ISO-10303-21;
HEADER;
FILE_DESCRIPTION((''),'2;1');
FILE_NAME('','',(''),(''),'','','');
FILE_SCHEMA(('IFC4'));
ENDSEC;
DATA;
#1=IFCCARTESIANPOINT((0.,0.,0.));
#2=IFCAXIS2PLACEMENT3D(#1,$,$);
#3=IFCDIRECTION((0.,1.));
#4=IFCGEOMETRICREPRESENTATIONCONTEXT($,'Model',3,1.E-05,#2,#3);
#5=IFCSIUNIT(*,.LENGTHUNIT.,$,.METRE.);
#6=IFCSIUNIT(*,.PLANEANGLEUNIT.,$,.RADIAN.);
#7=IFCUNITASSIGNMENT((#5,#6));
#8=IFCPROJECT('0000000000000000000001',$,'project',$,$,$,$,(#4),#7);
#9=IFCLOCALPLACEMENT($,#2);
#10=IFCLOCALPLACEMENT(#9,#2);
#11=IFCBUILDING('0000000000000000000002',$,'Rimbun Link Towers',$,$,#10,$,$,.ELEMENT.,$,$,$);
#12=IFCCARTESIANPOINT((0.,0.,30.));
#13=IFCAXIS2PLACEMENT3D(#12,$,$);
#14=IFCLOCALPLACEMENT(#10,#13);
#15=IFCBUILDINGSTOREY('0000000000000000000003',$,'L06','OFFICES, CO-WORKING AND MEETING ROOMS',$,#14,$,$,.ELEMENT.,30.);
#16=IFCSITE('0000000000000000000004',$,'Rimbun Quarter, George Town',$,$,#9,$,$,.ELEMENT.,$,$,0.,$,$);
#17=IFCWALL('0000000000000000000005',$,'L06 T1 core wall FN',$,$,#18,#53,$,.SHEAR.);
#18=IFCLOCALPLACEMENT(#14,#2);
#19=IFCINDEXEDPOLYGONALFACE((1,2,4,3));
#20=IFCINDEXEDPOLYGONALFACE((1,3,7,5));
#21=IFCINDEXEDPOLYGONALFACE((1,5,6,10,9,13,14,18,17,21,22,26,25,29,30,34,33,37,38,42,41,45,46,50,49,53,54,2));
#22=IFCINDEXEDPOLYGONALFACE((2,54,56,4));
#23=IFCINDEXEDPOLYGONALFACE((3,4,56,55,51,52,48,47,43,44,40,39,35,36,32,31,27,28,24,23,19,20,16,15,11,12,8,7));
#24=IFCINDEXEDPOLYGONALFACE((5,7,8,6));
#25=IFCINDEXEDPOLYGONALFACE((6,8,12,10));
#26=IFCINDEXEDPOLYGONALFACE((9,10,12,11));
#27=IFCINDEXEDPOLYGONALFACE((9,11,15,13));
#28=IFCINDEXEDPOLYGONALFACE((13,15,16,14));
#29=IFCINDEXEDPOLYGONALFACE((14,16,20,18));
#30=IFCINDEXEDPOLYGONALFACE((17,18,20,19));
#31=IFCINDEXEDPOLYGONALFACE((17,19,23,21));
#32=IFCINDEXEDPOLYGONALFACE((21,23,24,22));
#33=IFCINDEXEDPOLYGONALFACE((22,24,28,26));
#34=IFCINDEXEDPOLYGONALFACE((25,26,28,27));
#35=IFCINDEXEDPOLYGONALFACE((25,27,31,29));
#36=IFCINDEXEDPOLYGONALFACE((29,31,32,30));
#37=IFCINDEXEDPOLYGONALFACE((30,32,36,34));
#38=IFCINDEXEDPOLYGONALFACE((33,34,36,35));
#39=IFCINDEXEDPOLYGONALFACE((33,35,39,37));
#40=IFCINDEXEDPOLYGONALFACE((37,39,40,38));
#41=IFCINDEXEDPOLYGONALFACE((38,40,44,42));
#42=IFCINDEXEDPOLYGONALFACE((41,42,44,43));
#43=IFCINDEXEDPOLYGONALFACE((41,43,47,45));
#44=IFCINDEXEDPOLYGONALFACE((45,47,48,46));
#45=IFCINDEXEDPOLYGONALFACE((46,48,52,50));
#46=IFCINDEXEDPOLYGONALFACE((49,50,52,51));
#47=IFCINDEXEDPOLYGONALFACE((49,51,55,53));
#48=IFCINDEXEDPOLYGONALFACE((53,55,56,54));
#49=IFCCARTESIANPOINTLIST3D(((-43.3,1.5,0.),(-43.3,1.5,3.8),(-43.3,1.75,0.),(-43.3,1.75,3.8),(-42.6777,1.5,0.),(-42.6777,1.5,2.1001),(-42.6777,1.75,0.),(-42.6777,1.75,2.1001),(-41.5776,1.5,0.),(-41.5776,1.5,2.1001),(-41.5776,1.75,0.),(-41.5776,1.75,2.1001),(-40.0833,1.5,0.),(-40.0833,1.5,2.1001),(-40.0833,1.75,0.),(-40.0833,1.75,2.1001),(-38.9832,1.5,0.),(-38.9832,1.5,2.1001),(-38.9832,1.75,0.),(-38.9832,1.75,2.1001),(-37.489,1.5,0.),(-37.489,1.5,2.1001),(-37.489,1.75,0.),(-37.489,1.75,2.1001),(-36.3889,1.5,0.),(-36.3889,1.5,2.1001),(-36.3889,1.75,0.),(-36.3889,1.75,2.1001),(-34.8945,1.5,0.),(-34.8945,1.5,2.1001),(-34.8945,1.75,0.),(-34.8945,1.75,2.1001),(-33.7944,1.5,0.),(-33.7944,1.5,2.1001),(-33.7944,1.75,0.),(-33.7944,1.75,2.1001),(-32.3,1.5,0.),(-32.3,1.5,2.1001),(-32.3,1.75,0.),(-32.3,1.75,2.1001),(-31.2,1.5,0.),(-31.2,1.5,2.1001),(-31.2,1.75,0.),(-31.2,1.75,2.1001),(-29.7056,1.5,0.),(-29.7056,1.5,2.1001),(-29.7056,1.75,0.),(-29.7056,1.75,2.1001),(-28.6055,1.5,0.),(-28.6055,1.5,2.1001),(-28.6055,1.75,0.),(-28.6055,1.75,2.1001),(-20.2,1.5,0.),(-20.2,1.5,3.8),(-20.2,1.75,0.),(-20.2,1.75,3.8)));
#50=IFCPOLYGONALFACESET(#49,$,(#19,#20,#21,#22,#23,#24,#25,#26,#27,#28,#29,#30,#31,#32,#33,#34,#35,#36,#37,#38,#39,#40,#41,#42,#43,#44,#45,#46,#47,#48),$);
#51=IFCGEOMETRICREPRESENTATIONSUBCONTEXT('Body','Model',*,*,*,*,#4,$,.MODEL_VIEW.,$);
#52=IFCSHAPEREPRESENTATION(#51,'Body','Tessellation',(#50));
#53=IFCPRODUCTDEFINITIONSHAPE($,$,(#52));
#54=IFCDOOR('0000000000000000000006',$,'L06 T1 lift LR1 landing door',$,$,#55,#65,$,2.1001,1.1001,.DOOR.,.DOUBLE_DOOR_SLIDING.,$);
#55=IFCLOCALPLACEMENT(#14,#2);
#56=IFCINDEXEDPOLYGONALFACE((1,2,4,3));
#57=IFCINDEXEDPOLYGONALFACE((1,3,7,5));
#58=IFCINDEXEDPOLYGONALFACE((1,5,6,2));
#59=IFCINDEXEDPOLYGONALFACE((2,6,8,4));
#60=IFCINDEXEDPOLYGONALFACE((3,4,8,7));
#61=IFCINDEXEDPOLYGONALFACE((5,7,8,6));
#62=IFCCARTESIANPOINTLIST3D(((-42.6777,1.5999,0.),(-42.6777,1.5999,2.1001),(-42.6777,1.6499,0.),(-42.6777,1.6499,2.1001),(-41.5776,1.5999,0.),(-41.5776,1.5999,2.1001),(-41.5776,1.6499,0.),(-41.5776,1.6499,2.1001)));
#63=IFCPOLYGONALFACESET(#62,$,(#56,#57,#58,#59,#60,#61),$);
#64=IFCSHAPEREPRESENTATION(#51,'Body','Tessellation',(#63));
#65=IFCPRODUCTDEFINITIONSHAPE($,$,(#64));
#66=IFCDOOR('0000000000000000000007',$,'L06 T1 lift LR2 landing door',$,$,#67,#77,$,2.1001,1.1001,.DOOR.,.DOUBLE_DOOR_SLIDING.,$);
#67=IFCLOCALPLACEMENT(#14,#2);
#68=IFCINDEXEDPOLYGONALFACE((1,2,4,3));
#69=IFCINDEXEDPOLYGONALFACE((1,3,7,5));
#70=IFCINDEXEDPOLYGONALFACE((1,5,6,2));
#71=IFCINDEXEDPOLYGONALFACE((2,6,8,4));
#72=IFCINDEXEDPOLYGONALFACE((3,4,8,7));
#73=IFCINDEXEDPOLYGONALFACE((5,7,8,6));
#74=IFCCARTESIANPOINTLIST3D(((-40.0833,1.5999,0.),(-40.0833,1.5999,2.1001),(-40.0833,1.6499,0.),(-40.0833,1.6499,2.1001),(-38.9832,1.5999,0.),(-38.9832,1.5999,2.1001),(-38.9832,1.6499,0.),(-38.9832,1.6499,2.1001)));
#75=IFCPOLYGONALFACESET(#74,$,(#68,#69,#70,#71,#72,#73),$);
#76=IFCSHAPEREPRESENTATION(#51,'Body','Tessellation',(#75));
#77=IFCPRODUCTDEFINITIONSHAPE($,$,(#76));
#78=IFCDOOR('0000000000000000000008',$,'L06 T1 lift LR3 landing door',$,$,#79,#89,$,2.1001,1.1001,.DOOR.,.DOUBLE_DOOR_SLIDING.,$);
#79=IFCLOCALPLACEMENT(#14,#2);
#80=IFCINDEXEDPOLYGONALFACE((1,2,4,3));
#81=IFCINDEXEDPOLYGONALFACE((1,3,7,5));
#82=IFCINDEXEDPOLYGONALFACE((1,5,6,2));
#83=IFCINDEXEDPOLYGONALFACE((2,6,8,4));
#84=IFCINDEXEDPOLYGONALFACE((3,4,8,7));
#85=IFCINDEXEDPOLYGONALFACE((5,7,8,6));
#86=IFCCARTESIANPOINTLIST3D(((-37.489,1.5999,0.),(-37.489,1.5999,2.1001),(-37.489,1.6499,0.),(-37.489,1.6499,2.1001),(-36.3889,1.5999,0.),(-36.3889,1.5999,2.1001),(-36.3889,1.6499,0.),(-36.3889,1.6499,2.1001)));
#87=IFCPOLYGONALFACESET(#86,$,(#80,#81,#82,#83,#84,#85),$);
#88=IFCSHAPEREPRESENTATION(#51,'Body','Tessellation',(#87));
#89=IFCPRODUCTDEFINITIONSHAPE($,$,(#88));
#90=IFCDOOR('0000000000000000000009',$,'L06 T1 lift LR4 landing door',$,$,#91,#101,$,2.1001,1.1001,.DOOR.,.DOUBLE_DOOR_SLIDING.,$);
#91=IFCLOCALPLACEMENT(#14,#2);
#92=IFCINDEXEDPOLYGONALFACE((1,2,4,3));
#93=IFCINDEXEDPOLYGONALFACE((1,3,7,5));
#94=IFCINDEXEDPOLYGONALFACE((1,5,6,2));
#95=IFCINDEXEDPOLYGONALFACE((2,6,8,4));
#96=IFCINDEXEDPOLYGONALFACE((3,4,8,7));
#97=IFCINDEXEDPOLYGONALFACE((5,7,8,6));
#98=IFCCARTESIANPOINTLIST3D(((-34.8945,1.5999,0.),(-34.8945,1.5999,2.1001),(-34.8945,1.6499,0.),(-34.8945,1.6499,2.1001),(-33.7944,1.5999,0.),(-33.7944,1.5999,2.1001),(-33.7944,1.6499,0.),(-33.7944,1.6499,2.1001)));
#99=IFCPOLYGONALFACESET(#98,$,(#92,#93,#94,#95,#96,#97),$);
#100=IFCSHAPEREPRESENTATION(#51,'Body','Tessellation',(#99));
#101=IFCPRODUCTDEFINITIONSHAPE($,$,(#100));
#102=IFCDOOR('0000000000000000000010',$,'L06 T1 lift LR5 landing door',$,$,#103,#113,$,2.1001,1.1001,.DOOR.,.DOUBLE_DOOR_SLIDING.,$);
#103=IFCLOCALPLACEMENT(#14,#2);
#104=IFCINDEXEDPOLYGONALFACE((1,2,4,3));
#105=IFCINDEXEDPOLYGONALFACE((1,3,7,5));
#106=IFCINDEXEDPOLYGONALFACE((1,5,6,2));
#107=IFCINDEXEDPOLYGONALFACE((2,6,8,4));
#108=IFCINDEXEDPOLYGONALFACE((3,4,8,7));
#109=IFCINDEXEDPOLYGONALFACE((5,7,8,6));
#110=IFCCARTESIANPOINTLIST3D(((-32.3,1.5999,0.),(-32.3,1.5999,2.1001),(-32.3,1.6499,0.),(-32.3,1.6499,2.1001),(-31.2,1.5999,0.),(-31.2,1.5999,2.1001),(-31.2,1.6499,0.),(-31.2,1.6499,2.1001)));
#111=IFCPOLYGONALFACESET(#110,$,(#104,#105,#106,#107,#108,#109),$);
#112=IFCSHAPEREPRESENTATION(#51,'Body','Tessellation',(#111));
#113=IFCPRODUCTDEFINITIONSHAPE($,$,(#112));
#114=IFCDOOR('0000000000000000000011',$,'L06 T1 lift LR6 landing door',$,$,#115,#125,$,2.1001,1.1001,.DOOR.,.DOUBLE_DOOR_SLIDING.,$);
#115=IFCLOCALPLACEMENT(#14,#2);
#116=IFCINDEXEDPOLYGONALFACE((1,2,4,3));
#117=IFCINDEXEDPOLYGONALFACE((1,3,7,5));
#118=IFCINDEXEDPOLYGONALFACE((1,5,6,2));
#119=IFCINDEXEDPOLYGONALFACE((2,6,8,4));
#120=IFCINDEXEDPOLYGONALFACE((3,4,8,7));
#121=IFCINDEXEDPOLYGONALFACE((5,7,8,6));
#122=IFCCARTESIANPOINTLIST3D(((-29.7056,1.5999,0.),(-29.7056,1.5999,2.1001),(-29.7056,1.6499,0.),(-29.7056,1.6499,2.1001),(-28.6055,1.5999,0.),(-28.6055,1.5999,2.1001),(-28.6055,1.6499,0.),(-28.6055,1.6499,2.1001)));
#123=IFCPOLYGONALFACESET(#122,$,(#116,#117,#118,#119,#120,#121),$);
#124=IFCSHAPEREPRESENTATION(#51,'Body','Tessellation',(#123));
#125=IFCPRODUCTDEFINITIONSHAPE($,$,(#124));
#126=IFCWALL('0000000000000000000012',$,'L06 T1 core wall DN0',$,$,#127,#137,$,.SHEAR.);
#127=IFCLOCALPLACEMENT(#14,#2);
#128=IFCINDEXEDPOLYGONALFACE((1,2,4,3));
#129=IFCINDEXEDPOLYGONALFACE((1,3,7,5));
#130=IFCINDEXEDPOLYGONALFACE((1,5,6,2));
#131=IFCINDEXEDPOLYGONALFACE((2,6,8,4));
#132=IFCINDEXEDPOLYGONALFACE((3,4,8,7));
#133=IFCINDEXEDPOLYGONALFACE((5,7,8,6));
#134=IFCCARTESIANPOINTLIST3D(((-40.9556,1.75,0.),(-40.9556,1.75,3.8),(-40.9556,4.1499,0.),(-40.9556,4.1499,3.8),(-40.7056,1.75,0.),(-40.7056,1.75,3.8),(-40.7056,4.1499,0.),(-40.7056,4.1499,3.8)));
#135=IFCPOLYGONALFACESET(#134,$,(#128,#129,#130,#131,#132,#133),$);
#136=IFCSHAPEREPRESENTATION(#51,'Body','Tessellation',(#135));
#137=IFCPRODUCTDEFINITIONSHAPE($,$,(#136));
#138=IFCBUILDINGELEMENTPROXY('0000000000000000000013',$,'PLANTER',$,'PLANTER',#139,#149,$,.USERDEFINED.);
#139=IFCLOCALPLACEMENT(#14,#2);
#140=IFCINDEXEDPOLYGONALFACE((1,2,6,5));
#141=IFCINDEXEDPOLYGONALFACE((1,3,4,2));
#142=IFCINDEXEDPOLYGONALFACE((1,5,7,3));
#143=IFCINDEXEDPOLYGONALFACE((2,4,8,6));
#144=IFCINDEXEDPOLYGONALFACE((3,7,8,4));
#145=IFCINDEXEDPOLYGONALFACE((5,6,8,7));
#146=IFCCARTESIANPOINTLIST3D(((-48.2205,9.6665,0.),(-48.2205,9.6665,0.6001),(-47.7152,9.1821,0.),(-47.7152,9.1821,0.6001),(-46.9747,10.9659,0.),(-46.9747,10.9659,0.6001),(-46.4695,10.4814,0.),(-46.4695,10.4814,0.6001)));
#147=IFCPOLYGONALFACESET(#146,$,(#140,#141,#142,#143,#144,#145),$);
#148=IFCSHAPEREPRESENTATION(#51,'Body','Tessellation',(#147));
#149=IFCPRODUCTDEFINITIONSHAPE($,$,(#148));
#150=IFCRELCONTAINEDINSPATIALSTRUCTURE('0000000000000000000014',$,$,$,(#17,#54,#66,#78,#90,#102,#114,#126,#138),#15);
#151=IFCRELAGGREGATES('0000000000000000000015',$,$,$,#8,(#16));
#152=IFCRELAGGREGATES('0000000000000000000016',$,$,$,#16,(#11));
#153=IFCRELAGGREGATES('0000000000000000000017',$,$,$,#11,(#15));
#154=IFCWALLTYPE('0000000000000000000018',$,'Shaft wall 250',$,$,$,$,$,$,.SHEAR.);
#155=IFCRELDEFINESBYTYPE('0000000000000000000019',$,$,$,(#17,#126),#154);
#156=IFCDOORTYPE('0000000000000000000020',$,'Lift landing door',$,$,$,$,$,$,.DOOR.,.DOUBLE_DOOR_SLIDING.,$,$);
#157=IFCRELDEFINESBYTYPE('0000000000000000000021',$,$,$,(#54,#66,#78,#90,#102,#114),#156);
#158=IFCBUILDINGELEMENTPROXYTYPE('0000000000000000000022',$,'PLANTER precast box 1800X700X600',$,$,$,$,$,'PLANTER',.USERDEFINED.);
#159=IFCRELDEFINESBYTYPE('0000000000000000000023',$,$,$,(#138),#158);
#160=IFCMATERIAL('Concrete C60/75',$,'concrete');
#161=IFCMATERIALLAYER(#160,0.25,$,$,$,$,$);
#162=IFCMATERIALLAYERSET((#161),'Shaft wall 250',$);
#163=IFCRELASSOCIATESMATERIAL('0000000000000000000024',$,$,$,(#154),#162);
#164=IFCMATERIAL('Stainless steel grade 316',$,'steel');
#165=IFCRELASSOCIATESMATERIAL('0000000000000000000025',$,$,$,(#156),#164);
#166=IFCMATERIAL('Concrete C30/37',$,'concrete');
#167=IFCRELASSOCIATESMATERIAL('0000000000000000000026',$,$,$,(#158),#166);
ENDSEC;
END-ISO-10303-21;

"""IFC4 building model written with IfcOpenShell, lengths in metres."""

from ifc_helpers import new_model, si_unit, direction, frame, frame_2d, origin, origin_2d, place, context, subcontext, project, spatial, rectangle, extrude, material, layer, layer_set, type_object, element, fill, save


model = new_model("IFC4")

# Units and contexts
model_context = context("Model", 3, precision=1e-05, world=origin(), true_north=direction((0.0, 1.0)))
body_context = subcontext(model_context, "Body", "Model", "MODEL_VIEW")
ifc_project = project(units=[si_unit("LENGTHUNIT", "METRE"), si_unit("PLANEANGLEUNIT", "RADIAN")], contexts=[model_context])

# Site, building, storey
site_placement = place(None, origin())
site = spatial("IfcSite", under=ifc_project, at=site_placement, Name="Rimbun Quarter, George Town", CompositionType="ELEMENT", RefElevation=0.0)
building_placement = place(site_placement, origin())
building = spatial("IfcBuilding", under=site, at=building_placement, Name="Rimbun Link Towers", CompositionType="ELEMENT")
storey_placement = place(building_placement, frame((0.0, 0.0, 30.0)))
storey = spatial("IfcBuildingStorey", under=building, at=storey_placement, Name="L06", Description="OFFICES, CO-WORKING AND MEETING ROOMS", CompositionType="ELEMENT", Elevation=30.0)

# Shared definitions
ifc_material_1 = material(Name="Concrete C60/75", Category="concrete")
ifc_layer_1 = layer(ifc_material_1, 0.25)
ifc_layer_set_1 = layer_set([ifc_layer_1], Name="Shaft wall 250")
wall_type_1 = type_object("IfcWallType", Name="Shaft wall 250", PredefinedType="SHEAR", material=ifc_layer_set_1)

# Wall, openings, doors
wall_1_placement = place(storey_placement, frame((-43.3, 1.625, 0.0), z_axis=(0.0, 0.0, 1.0), x_axis=(1.0, 0.0, 0.0)))
wall_1 = element("IfcWall", 1, at=wall_1_placement, inside=storey, type_object=wall_type_1, Name="L06 T1 core wall FN", PredefinedType="SHEAR", context=body_context, shape_type="SweptSolid", body=[
    extrude(rectangle(XDim=23.1001, YDim=0.25, at=frame_2d((11.55, 0.0))), origin(), (0.0, 0.0, 1.0), 3.8),
])
opening_1_placement = place(wall_1_placement, frame((0.6223, 0.0, 0.0)))
opening_1 = element("IfcOpeningElement", 2, at=opening_1_placement, cuts=wall_1, PredefinedType="OPENING", context=body_context, shape_type="SweptSolid", body=[
    extrude(rectangle(XDim=1.1001, YDim=2.1001, at=frame_2d((0.55, 1.05))), frame((0.0, 0.135, 0.0), z_axis=(0.0, -1.0, 0.0), x_axis=(1.0, 0.0, 0.0)), (0.0, 0.0, 1.0), 0.27),
])
opening_2_placement = place(wall_1_placement, frame((3.2168, 0.0, 0.0)))
opening_2 = element("IfcOpeningElement", 3, at=opening_2_placement, cuts=wall_1, PredefinedType="OPENING", context=body_context, shape_type="SweptSolid", body=[
    extrude(rectangle(XDim=1.1001, YDim=2.1001, at=frame_2d((0.55, 1.05))), frame((0.0, 0.135, 0.0), z_axis=(0.0, -1.0, 0.0), x_axis=(1.0, 0.0, 0.0)), (0.0, 0.0, 1.0), 0.27),
])
opening_3_placement = place(wall_1_placement, frame((5.811, 0.0, 0.0)))
opening_3 = element("IfcOpeningElement", 4, at=opening_3_placement, cuts=wall_1, PredefinedType="OPENING", context=body_context, shape_type="SweptSolid", body=[
    extrude(rectangle(XDim=1.1001, YDim=2.1001, at=frame_2d((0.55, 1.05))), frame((0.0, 0.135, 0.0), z_axis=(0.0, -1.0, 0.0), x_axis=(1.0, 0.0, 0.0)), (0.0, 0.0, 1.0), 0.27),
])
opening_4_placement = place(wall_1_placement, frame((8.4055, 0.0, 0.0)))
opening_4 = element("IfcOpeningElement", 5, at=opening_4_placement, cuts=wall_1, PredefinedType="OPENING", context=body_context, shape_type="SweptSolid", body=[
    extrude(rectangle(XDim=1.1001, YDim=2.1001, at=frame_2d((0.55, 1.05))), frame((0.0, 0.135, 0.0), z_axis=(0.0, -1.0, 0.0), x_axis=(1.0, 0.0, 0.0)), (0.0, 0.0, 1.0), 0.27),
])
opening_5_placement = place(wall_1_placement, frame((11.0, 0.0, 0.0)))
opening_5 = element("IfcOpeningElement", 6, at=opening_5_placement, cuts=wall_1, PredefinedType="OPENING", context=body_context, shape_type="SweptSolid", body=[
    extrude(rectangle(XDim=1.1001, YDim=2.1001, at=frame_2d((0.55, 1.05))), frame((0.0, 0.135, 0.0), z_axis=(0.0, -1.0, 0.0), x_axis=(1.0, 0.0, 0.0)), (0.0, 0.0, 1.0), 0.27),
])
opening_6_placement = place(wall_1_placement, frame((13.5945, 0.0, 0.0)))
opening_6 = element("IfcOpeningElement", 7, at=opening_6_placement, cuts=wall_1, PredefinedType="OPENING", context=body_context, shape_type="SweptSolid", body=[
    extrude(rectangle(XDim=1.1001, YDim=2.1001, at=frame_2d((0.55, 1.05))), frame((0.0, 0.135, 0.0), z_axis=(0.0, -1.0, 0.0), x_axis=(1.0, 0.0, 0.0)), (0.0, 0.0, 1.0), 0.27),
])
ifc_material_2 = material(Name="Stainless steel grade 316", Category="steel")
door_type_1 = type_object("IfcDoorType", Name="Lift landing door", OperationType="DOUBLE_DOOR_SLIDING", PredefinedType="DOOR", material=ifc_material_2)
door_1_placement = place(opening_1_placement, origin())
door_1 = element("IfcDoor", 8, at=door_1_placement, inside=storey, type_object=door_type_1, Name="L06 T1 lift LR1 landing door", OperationType="DOUBLE_DOOR_SLIDING", OverallHeight=2.1001, OverallWidth=1.1001, PredefinedType="DOOR", context=body_context, shape_type="SweptSolid", body=[
    extrude(rectangle(XDim=1.1001, YDim=2.1001, at=frame_2d((0.55, 1.05))), frame((0.0, 0.0249, 0.0), z_axis=(0.0, -1.0, 0.0), x_axis=(1.0, 0.0, 0.0)), (0.0, 0.0, 1.0), 0.05),
])
fill(opening_1, door_1)
door_2_placement = place(opening_2_placement, origin())
door_2 = element("IfcDoor", 9, at=door_2_placement, inside=storey, type_object=door_type_1, Name="L06 T1 lift LR2 landing door", OperationType="DOUBLE_DOOR_SLIDING", OverallHeight=2.1001, OverallWidth=1.1001, PredefinedType="DOOR", context=body_context, shape_type="SweptSolid", body=[
    extrude(rectangle(XDim=1.1001, YDim=2.1001, at=frame_2d((0.55, 1.05))), frame((0.0, 0.0249, 0.0), z_axis=(0.0, -1.0, 0.0), x_axis=(1.0, 0.0, 0.0)), (0.0, 0.0, 1.0), 0.05),
])
fill(opening_2, door_2)
door_3_placement = place(opening_3_placement, origin())
door_3 = element("IfcDoor", 10, at=door_3_placement, inside=storey, type_object=door_type_1, Name="L06 T1 lift LR3 landing door", OperationType="DOUBLE_DOOR_SLIDING", OverallHeight=2.1001, OverallWidth=1.1001, PredefinedType="DOOR", context=body_context, shape_type="SweptSolid", body=[
    extrude(rectangle(XDim=1.1001, YDim=2.1001, at=frame_2d((0.55, 1.05))), frame((0.0, 0.0249, 0.0), z_axis=(0.0, -1.0, 0.0), x_axis=(1.0, 0.0, 0.0)), (0.0, 0.0, 1.0), 0.05),
])
fill(opening_3, door_3)
door_4_placement = place(opening_4_placement, origin())
door_4 = element("IfcDoor", 11, at=door_4_placement, inside=storey, type_object=door_type_1, Name="L06 T1 lift LR4 landing door", OperationType="DOUBLE_DOOR_SLIDING", OverallHeight=2.1001, OverallWidth=1.1001, PredefinedType="DOOR", context=body_context, shape_type="SweptSolid", body=[
    extrude(rectangle(XDim=1.1001, YDim=2.1001, at=frame_2d((0.55, 1.05))), frame((0.0, 0.0249, 0.0), z_axis=(0.0, -1.0, 0.0), x_axis=(1.0, 0.0, 0.0)), (0.0, 0.0, 1.0), 0.05),
])
fill(opening_4, door_4)
door_5_placement = place(opening_5_placement, origin())
door_5 = element("IfcDoor", 12, at=door_5_placement, inside=storey, type_object=door_type_1, Name="L06 T1 lift LR5 landing door", OperationType="DOUBLE_DOOR_SLIDING", OverallHeight=2.1001, OverallWidth=1.1001, PredefinedType="DOOR", context=body_context, shape_type="SweptSolid", body=[
    extrude(rectangle(XDim=1.1001, YDim=2.1001, at=frame_2d((0.55, 1.05))), frame((0.0, 0.0249, 0.0), z_axis=(0.0, -1.0, 0.0), x_axis=(1.0, 0.0, 0.0)), (0.0, 0.0, 1.0), 0.05),
])
fill(opening_5, door_5)
door_6_placement = place(opening_6_placement, origin())
door_6 = element("IfcDoor", 13, at=door_6_placement, inside=storey, type_object=door_type_1, Name="L06 T1 lift LR6 landing door", OperationType="DOUBLE_DOOR_SLIDING", OverallHeight=2.1001, OverallWidth=1.1001, PredefinedType="DOOR", context=body_context, shape_type="SweptSolid", body=[
    extrude(rectangle(XDim=1.1001, YDim=2.1001, at=frame_2d((0.55, 1.05))), frame((0.0, 0.0249, 0.0), z_axis=(0.0, -1.0, 0.0), x_axis=(1.0, 0.0, 0.0)), (0.0, 0.0, 1.0), 0.05),
])
fill(opening_6, door_6)

# Wall
wall_2_placement = place(storey_placement, frame((-40.8306, 1.75, 0.0), z_axis=(0.0, 0.0, 1.0), x_axis=(0.0, 1.0, 0.0)))
element("IfcWall", 14, at=wall_2_placement, inside=storey, type_object=wall_type_1, Name="L06 T1 core wall DN0", PredefinedType="SHEAR", context=body_context, shape_type="SweptSolid", body=[
    extrude(rectangle(XDim=2.3999, YDim=0.25, at=frame_2d((1.2, 0.0))), origin(), (0.0, 0.0, 1.0), 3.8),
])

# Building element proxy
ifc_material_3 = material(Name="Concrete C30/37", Category="concrete")
building_element_proxy_type = type_object("IfcBuildingElementProxyType", Name="PLANTER precast box 1800X700X600", ElementType="PLANTER", PredefinedType="USERDEFINED", material=ifc_material_3)
proxy_placement = place(storey_placement, frame((-47.345, 10.074, 0.0), z_axis=(0.0, 0.0, 1.0), x_axis=(-0.692056, -0.721844, 0.0)))
element("IfcBuildingElementProxy", 15, at=proxy_placement, inside=storey, type_object=building_element_proxy_type, Name="PLANTER", ObjectType="PLANTER", PredefinedType="USERDEFINED", context=body_context, shape_type="SweptSolid", body=[
    extrude(rectangle(XDim=1.8, YDim=0.7, at=origin_2d()), origin(), (0.0, 0.0, 1.0), 0.6001),
])

save(model, "model.ifc")
